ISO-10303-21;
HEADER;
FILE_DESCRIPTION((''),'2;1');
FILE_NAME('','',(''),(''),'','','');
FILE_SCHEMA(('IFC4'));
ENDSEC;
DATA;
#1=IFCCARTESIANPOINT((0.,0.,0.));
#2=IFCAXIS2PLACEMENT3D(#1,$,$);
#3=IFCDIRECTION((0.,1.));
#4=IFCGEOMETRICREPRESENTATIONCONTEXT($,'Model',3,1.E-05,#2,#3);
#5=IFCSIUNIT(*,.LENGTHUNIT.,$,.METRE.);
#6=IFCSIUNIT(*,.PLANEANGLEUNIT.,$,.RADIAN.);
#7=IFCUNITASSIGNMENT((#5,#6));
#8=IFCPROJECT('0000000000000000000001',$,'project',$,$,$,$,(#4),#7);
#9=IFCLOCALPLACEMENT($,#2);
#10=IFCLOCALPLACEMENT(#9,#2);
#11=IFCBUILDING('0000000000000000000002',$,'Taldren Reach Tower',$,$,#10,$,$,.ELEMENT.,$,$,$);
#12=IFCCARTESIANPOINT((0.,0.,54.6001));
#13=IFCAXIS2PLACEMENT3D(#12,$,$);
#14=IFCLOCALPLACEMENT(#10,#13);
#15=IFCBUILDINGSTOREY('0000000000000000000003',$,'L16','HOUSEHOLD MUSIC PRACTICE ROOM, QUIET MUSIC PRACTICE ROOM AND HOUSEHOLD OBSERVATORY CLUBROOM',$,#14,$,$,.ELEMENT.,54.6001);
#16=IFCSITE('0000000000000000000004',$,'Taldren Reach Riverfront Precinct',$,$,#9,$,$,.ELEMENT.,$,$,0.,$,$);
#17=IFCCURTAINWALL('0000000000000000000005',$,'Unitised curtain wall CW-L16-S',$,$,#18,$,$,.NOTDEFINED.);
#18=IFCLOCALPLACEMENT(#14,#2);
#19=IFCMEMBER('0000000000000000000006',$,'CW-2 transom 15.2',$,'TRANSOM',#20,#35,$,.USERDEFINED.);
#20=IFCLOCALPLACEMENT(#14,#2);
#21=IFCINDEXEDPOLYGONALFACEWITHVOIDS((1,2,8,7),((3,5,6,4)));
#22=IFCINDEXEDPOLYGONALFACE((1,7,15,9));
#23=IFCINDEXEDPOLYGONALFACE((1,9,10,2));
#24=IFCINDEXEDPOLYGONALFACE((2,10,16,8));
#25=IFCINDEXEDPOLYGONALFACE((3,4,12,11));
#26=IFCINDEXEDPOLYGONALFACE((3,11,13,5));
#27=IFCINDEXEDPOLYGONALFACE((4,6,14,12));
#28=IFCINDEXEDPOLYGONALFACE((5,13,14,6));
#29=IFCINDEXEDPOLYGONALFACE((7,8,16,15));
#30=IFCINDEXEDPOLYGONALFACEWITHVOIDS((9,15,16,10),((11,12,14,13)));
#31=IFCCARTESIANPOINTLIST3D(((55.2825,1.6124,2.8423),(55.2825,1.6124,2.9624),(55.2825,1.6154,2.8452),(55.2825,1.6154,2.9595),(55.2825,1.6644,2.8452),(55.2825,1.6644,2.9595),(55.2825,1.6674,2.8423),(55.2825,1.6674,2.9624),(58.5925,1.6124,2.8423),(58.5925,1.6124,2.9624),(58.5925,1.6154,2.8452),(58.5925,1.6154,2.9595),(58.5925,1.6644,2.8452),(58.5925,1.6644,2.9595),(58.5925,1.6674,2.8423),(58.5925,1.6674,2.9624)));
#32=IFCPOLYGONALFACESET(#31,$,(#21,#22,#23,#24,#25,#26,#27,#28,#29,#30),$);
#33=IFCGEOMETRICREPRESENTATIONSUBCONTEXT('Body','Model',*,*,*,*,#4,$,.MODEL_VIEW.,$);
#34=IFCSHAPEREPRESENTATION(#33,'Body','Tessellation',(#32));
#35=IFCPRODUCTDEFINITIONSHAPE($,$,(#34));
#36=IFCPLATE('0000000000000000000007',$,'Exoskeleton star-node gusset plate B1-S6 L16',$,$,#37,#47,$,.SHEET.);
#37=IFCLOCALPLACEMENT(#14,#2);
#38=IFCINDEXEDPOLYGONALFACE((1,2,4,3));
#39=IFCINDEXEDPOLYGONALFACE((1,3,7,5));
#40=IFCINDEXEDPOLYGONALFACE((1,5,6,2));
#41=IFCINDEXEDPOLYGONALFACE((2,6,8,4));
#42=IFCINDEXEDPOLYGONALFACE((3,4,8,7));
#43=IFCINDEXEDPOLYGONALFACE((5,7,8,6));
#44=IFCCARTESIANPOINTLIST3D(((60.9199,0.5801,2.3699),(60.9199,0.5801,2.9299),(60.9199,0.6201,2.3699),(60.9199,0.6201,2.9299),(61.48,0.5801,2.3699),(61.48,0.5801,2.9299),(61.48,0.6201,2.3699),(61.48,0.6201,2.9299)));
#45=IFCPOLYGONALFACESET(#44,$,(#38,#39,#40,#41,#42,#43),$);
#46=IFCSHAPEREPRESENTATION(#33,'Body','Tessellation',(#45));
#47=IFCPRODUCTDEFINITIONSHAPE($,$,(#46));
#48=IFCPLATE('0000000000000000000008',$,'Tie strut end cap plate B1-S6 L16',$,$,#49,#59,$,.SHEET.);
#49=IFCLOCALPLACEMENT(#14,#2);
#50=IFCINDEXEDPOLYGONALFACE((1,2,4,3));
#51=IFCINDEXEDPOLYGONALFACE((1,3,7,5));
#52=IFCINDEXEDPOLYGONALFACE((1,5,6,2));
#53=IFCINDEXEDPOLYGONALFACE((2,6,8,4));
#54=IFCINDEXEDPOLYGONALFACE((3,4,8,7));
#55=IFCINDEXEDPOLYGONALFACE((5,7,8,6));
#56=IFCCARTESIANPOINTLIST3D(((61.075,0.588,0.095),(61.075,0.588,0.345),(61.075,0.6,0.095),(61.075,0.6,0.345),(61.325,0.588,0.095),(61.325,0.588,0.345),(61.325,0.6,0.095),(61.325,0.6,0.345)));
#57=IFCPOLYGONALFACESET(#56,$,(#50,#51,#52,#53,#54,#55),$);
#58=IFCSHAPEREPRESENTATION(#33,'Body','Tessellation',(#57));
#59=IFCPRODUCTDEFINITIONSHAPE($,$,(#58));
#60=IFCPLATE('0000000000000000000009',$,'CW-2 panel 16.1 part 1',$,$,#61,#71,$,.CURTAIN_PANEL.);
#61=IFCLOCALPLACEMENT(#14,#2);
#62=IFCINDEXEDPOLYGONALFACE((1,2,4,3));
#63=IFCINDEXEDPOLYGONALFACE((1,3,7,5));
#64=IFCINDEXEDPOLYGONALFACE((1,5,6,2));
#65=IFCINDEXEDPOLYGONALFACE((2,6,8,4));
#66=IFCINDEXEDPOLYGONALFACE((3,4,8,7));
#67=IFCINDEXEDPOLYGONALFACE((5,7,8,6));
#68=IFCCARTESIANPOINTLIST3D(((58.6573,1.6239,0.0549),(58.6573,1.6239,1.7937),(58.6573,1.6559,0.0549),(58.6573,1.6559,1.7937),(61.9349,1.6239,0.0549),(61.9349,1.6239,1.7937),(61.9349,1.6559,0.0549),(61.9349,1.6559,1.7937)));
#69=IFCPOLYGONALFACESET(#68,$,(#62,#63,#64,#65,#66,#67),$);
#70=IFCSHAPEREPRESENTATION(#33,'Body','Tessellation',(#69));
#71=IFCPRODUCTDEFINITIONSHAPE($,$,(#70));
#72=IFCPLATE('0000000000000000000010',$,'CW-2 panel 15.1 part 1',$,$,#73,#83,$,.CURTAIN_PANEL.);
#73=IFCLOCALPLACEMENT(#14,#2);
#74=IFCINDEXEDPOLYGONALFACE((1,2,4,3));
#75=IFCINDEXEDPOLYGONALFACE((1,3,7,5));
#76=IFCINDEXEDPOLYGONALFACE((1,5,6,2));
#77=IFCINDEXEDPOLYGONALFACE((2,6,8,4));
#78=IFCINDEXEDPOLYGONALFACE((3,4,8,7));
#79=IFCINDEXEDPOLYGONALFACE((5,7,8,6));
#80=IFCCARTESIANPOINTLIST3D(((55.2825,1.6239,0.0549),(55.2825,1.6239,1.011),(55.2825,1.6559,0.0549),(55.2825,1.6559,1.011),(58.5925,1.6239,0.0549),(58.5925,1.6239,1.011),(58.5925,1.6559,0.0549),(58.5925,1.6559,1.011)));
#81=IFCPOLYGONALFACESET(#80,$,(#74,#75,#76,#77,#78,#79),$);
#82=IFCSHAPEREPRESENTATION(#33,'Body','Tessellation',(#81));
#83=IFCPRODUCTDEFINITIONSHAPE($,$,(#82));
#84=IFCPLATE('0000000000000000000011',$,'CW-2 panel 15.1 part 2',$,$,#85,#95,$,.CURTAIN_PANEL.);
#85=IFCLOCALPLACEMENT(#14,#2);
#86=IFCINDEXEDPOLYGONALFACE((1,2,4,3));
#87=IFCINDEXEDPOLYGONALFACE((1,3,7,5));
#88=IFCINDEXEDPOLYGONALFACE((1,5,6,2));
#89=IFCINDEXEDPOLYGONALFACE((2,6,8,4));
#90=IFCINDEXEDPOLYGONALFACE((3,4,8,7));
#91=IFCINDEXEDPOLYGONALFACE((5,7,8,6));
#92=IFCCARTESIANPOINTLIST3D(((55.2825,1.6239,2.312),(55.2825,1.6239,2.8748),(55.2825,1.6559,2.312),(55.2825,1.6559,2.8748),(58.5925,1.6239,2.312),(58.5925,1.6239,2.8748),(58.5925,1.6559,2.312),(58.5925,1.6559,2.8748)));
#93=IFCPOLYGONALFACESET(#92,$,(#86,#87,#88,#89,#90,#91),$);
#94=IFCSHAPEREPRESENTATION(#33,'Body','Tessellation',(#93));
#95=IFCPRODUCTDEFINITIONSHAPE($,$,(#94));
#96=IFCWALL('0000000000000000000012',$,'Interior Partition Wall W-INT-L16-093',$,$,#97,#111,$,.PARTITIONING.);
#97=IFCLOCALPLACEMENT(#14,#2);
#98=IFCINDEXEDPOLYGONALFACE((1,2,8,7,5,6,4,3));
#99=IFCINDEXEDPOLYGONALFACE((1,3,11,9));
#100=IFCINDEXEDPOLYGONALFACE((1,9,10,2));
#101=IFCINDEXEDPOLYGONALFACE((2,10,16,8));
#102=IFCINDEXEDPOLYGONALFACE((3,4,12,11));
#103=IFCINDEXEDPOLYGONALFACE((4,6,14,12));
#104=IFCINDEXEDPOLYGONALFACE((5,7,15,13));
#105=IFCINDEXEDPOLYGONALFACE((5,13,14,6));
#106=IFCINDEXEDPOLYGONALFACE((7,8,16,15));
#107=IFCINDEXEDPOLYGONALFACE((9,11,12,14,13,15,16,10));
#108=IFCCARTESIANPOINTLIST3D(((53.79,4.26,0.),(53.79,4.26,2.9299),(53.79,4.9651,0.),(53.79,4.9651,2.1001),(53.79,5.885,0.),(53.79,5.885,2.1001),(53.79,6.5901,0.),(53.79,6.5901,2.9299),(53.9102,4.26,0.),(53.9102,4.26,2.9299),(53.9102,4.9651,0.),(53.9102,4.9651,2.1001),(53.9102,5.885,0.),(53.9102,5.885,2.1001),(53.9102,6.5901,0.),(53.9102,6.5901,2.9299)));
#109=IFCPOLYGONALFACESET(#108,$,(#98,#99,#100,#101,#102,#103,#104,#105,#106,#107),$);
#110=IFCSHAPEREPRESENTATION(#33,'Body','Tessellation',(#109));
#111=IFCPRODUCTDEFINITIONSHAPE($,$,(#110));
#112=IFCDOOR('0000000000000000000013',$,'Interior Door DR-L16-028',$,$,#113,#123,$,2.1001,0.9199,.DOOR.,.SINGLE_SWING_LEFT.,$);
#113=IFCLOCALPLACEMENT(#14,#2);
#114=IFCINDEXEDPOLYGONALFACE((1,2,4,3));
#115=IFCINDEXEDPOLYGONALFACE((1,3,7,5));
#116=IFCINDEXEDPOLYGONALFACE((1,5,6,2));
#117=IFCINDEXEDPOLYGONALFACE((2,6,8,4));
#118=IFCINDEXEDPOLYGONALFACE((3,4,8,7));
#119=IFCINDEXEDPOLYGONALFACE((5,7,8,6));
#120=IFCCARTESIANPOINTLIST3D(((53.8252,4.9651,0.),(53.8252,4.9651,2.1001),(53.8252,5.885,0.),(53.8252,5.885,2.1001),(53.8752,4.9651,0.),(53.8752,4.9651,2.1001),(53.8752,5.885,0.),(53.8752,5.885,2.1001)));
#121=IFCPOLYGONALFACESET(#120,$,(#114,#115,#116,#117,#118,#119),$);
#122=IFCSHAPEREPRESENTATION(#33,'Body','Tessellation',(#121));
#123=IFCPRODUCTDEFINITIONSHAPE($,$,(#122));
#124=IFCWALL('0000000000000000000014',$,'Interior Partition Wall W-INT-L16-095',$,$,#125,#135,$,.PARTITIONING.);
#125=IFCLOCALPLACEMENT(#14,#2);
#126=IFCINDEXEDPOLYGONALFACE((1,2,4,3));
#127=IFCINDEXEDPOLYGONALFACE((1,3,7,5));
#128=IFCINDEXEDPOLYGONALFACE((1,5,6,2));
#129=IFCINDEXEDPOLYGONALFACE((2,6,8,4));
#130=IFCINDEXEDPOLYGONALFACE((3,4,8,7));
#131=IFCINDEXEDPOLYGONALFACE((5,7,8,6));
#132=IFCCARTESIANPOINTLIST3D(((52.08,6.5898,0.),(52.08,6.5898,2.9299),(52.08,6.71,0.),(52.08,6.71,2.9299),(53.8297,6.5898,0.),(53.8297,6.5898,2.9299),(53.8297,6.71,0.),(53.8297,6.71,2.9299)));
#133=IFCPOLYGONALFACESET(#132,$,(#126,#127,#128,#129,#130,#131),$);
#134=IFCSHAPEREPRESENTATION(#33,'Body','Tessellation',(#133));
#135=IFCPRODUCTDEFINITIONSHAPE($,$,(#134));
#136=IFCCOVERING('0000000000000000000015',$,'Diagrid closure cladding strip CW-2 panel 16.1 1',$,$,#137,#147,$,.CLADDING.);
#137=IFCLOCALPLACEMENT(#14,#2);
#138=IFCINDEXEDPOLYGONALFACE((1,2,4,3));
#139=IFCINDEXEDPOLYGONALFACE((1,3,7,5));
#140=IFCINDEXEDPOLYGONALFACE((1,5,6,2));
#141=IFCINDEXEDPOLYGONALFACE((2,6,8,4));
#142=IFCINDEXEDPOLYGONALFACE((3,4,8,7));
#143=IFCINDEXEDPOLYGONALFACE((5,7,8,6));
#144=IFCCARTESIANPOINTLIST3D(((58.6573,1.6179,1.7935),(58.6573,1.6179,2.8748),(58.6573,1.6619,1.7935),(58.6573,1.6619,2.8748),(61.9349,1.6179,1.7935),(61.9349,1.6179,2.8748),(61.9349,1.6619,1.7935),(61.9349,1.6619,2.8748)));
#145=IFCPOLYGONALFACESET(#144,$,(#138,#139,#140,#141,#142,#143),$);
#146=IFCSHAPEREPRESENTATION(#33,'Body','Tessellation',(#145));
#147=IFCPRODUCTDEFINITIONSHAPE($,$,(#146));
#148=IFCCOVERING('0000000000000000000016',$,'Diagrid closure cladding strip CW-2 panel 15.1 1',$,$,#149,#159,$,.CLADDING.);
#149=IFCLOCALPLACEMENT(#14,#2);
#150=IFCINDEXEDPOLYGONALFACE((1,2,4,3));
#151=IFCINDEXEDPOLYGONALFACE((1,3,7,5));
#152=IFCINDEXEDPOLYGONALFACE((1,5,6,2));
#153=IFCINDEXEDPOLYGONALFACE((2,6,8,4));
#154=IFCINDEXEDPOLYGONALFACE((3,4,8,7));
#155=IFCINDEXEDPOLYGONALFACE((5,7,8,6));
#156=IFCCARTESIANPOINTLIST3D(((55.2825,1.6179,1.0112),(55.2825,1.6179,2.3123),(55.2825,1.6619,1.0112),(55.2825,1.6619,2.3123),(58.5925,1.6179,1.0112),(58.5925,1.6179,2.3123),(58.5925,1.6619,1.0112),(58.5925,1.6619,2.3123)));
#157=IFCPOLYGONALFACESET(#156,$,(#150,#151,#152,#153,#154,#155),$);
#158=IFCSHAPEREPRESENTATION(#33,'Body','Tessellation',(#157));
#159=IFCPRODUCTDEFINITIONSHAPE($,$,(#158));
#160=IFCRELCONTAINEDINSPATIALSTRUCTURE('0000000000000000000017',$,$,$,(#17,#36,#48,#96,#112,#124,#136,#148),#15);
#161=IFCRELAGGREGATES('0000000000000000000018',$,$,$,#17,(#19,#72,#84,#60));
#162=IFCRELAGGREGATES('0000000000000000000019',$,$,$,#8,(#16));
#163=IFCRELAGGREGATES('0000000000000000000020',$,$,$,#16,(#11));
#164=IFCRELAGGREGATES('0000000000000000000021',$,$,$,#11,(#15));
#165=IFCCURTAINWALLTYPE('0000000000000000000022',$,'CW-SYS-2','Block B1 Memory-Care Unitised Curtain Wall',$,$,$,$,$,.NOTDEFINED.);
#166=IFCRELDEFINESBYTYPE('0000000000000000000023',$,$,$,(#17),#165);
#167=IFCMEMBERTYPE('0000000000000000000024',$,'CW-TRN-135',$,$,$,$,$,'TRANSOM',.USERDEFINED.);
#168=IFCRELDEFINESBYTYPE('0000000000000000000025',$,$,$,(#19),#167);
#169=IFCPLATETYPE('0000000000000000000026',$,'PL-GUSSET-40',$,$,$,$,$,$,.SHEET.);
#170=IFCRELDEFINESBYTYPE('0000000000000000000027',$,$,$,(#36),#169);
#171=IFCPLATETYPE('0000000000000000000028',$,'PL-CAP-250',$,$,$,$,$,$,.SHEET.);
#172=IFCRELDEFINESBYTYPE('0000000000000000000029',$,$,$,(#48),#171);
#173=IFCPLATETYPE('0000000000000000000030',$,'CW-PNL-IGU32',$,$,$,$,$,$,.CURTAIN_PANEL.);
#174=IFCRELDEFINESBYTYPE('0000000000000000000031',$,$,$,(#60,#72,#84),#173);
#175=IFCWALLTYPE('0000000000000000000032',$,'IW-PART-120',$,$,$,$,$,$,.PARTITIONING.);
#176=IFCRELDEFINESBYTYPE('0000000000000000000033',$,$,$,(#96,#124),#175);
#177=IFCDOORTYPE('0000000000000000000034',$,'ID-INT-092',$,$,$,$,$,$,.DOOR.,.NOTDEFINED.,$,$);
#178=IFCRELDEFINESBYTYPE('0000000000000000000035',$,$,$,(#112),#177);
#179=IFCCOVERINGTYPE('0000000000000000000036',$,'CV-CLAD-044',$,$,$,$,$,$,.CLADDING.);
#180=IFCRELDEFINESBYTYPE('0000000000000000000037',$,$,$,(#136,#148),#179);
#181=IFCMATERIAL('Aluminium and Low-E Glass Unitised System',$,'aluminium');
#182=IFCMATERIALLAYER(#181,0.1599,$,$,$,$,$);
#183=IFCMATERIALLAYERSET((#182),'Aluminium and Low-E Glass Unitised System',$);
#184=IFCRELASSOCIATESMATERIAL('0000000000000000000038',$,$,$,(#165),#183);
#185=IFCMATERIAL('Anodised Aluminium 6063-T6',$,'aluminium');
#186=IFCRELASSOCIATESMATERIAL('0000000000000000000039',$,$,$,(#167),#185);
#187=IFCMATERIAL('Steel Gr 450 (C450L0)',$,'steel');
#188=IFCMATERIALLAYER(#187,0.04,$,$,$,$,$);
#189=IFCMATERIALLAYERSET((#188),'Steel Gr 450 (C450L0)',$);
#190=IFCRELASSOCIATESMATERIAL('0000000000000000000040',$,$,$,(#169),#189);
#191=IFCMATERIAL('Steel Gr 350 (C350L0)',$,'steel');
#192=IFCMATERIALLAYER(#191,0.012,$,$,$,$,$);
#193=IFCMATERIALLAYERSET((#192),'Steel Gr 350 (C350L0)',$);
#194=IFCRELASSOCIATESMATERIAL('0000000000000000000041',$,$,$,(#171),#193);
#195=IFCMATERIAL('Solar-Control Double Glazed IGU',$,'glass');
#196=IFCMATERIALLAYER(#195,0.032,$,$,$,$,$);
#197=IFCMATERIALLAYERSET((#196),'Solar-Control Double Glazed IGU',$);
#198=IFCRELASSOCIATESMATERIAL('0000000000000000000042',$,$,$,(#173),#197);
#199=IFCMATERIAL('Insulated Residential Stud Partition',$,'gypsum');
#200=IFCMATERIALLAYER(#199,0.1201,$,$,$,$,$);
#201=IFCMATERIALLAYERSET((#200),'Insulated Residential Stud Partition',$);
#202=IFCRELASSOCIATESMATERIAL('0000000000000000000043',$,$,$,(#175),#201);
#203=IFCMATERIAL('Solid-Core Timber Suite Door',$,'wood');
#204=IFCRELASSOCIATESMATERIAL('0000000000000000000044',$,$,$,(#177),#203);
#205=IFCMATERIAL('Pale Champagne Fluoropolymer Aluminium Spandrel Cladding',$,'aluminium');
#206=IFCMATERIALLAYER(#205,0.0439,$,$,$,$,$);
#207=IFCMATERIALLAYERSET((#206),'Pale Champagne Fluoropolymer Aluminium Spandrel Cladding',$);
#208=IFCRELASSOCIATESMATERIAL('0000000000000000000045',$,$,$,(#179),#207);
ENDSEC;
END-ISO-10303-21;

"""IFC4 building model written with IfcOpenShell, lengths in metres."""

from ifc_helpers import new_model, si_unit, direction, frame, frame_2d, origin, origin_2d, place, context, subcontext, project, spatial, rectangle, hollow_rectangle, extrude, source, transform, mapped, material, layer, layer_set, material_profile, profile_set, type_object, element, fill, aggregate, save


model = new_model("IFC4")

# Units and contexts
model_context = context("Model", 3, precision=1e-05, world=origin(), true_north=direction((0.0, 1.0)))
body_context = subcontext(model_context, "Body", "Model", "MODEL_VIEW")
ifc_project = project(units=[si_unit("LENGTHUNIT", "METRE"), si_unit("PLANEANGLEUNIT", "RADIAN")], contexts=[model_context])

# Site, building, storey
site_placement = place(None, origin())
site = spatial("IfcSite", under=ifc_project, at=site_placement, Name="Taldren Reach Riverfront Precinct", CompositionType="ELEMENT", RefElevation=0.0)
building_placement = place(site_placement, origin())
building = spatial("IfcBuilding", under=site, at=building_placement, Name="Taldren Reach Tower", CompositionType="ELEMENT")
storey_placement = place(building_placement, frame((0.0, 0.0, 54.6001)))
storey = spatial("IfcBuildingStorey", under=building, at=storey_placement, Name="L16", Description="HOUSEHOLD MUSIC PRACTICE ROOM, QUIET MUSIC PRACTICE ROOM AND HOUSEHOLD OBSERVATORY CLUBROOM", CompositionType="ELEMENT", Elevation=54.6001)

# Shared definitions
ifc_material_1 = material(Name="Steel Gr 450 (C450L0)", Category="steel")

# Curtain wall, member
ifc_material_2 = material(Name="Aluminium and Low-E Glass Unitised System", Category="aluminium")
ifc_layer_1 = layer(ifc_material_2, 0.1599)
ifc_layer_set_1 = layer_set([ifc_layer_1], Name="Aluminium and Low-E Glass Unitised System")
curtain_wall_type = type_object("IfcCurtainWallType", Name="CW-SYS-2", Description="Block B1 Memory-Care Unitised Curtain Wall", PredefinedType="NOTDEFINED", material=ifc_layer_set_1)
curtain_wall_placement = place(storey_placement, origin())
curtain_wall = element("IfcCurtainWall", 1, at=curtain_wall_placement, inside=storey, type_object=curtain_wall_type, Name="Unitised curtain wall CW-L16-S", PredefinedType="NOTDEFINED")
ifc_material_3 = material(Name="Anodised Aluminium 6063-T6", Category="aluminium")
ifc_material_profile_1 = material_profile(ifc_material_3, hollow_rectangle(XDim=0.0549, YDim=0.1201, WallThickness=0.0029, at=origin_2d()), Name="ALU-120x55x3RHS")
ifc_profile_set_1 = profile_set([ifc_material_profile_1], Name="Anodised Aluminium 6063-T6")
member_type_1 = type_object("IfcMemberType", Name="CW-TRN-135", ElementType="TRANSOM", PredefinedType="USERDEFINED", material=ifc_profile_set_1)
shared_shape_1 = source(origin(), body_context, "Body", "SweptSolid", [
    extrude(hollow_rectangle(XDim=0.0549, YDim=0.1201, WallThickness=0.0029, at=origin_2d()), origin(), (0.0, 0.0, 1.0), 3.3101),
])
member_1_placement = place(storey_placement, frame((55.2825, 1.6399, 2.9023), z_axis=(1.0, 0.0, 0.0), x_axis=(0.0, 1.0, 0.0)))
member_1 = element("IfcMember", 2, at=member_1_placement, type_object=member_type_1, Name="CW-2 transom 15.2", ObjectType="TRANSOM", PredefinedType="USERDEFINED", context=body_context, shape_type="MappedRepresentation", body=[
    mapped(shared_shape_1, transform((0.0, 0.0, 0.0), scale=1.0)),
])

# Plates
ifc_layer_2 = layer(ifc_material_1, 0.04)
ifc_layer_set_2 = layer_set([ifc_layer_2], Name="Steel Gr 450 (C450L0)")
plate_type_1 = type_object("IfcPlateType", Name="PL-GUSSET-40", PredefinedType="SHEET", material=ifc_layer_set_2)
shared_shape_2 = source(origin(), body_context, "Body", "SweptSolid", [
    extrude(rectangle(XDim=0.5601, YDim=0.04, at=origin_2d()), origin(), (0.0, 0.0, 1.0), 0.5601),
])
plate_1_placement = place(storey_placement, frame((61.2, 0.6001, 2.3699), z_axis=(0.0, 0.0, 1.0), x_axis=(1.0, 0.0, 0.0)))
element("IfcPlate", 3, at=plate_1_placement, inside=storey, type_object=plate_type_1, Name="Exoskeleton star-node gusset plate B1-S6 L16", PredefinedType="SHEET", context=body_context, shape_type="MappedRepresentation", body=[
    mapped(shared_shape_2, transform((0.0, 0.0, 0.0), scale=1.0)),
])
ifc_material_4 = material(Name="Steel Gr 350 (C350L0)", Category="steel")
ifc_layer_3 = layer(ifc_material_4, 0.012)
ifc_layer_set_3 = layer_set([ifc_layer_3], Name="Steel Gr 350 (C350L0)")
plate_type_2 = type_object("IfcPlateType", Name="PL-CAP-250", PredefinedType="SHEET", material=ifc_layer_set_3)
shared_shape_3 = source(origin(), body_context, "Body", "SweptSolid", [
    extrude(rectangle(XDim=0.25, YDim=0.012, at=origin_2d()), origin(), (0.0, 0.0, 1.0), 0.25),
])
plate_2_placement = place(storey_placement, frame((61.2, 0.594, 0.095), z_axis=(0.0, 0.0, 1.0), x_axis=(1.0, 0.0, 0.0)))
element("IfcPlate", 4, at=plate_2_placement, inside=storey, type_object=plate_type_2, Name="Tie strut end cap plate B1-S6 L16", PredefinedType="SHEET", context=body_context, shape_type="MappedRepresentation", body=[
    mapped(shared_shape_3, transform((0.0, 0.0, 0.0), scale=1.0)),
])

# Plates
ifc_material_5 = material(Name="Solar-Control Double Glazed IGU", Category="glass")
ifc_layer_4 = layer(ifc_material_5, 0.032)
ifc_layer_set_4 = layer_set([ifc_layer_4], Name="Solar-Control Double Glazed IGU")
plate_type_3 = type_object("IfcPlateType", Name="CW-PNL-IGU32", PredefinedType="CURTAIN_PANEL", material=ifc_layer_set_4)
shared_shape_4 = source(origin(), body_context, "Body", "SweptSolid", [
    extrude(rectangle(XDim=3.2776, YDim=0.032, at=origin_2d()), origin(), (0.0, 0.0, 1.0), 1.7388),
])
plate_3_placement = place(storey_placement, frame((60.2961, 1.6399, 0.0549), z_axis=(0.0, 0.0, 1.0), x_axis=(1.0, 0.0, 0.0)))
plate_3 = element("IfcPlate", 5, at=plate_3_placement, type_object=plate_type_3, Name="CW-2 panel 16.1 part 1", PredefinedType="CURTAIN_PANEL", context=body_context, shape_type="MappedRepresentation", body=[
    mapped(shared_shape_4, transform((0.0, 0.0, 0.0), scale=1.0)),
])
shared_shape_5 = source(origin(), body_context, "Body", "SweptSolid", [
    extrude(rectangle(XDim=3.3101, YDim=0.032, at=origin_2d()), origin(), (0.0, 0.0, 1.0), 0.9561),
])
plate_4_placement = place(storey_placement, frame((56.9375, 1.6399, 0.0549), z_axis=(0.0, 0.0, 1.0), x_axis=(1.0, 0.0, 0.0)))
plate_4 = element("IfcPlate", 6, at=plate_4_placement, type_object=plate_type_3, Name="CW-2 panel 15.1 part 1", PredefinedType="CURTAIN_PANEL", context=body_context, shape_type="MappedRepresentation", body=[
    mapped(shared_shape_5, transform((0.0, 0.0, 0.0), scale=1.0)),
])
shared_shape_6 = source(origin(), body_context, "Body", "SweptSolid", [
    extrude(rectangle(XDim=3.3101, YDim=0.032, at=origin_2d()), origin(), (0.0, 0.0, 1.0), 0.5627),
])
plate_5_placement = place(storey_placement, frame((56.9375, 1.6399, 2.312), z_axis=(0.0, 0.0, 1.0), x_axis=(1.0, 0.0, 0.0)))
plate_5 = element("IfcPlate", 7, at=plate_5_placement, type_object=plate_type_3, Name="CW-2 panel 15.1 part 2", PredefinedType="CURTAIN_PANEL", context=body_context, shape_type="MappedRepresentation", body=[
    mapped(shared_shape_6, transform((0.0, 0.0, 0.0), scale=1.0)),
])
aggregate(curtain_wall, [member_1, plate_4, plate_5, plate_3])

# Wall, opening, door
ifc_material_6 = material(Name="Insulated Residential Stud Partition", Category="gypsum")
ifc_layer_5 = layer(ifc_material_6, 0.1201)
ifc_layer_set_5 = layer_set([ifc_layer_5], Name="Insulated Residential Stud Partition")
wall_type = type_object("IfcWallType", Name="IW-PART-120", PredefinedType="PARTITIONING", material=ifc_layer_set_5)
shared_shape_7 = source(origin(), body_context, "Body", "SweptSolid", [
    extrude(rectangle(XDim=2.3301, YDim=0.1201, at=frame_2d((1.165, 0.0))), origin(), (0.0, 0.0, 1.0), 2.9299),
])
wall_1_placement = place(storey_placement, frame((53.8501, 4.26, 0.0), z_axis=(0.0, 0.0, 1.0), x_axis=(0.0, 1.0, 0.0)))
wall_1 = element("IfcWall", 8, at=wall_1_placement, inside=storey, type_object=wall_type, Name="Interior Partition Wall W-INT-L16-093", PredefinedType="PARTITIONING", context=body_context, shape_type="MappedRepresentation", body=[
    mapped(shared_shape_7, transform((0.0, 0.0, 0.0), scale=1.0)),
])
shared_shape_8 = source(origin(), body_context, "Body", "SweptSolid", [
    extrude(rectangle(XDim=0.9199, YDim=2.1001, at=frame_2d((0.46, 1.05))), frame((0.0, 0.0701, 0.0), z_axis=(0.0, -1.0, 0.0), x_axis=(1.0, 0.0, 0.0)), (0.0, 0.0, 1.0), 0.1401),
])
opening_placement = place(wall_1_placement, frame((0.7051, 0.0, 0.0)))
opening = element("IfcOpeningElement", 9, at=opening_placement, cuts=wall_1, PredefinedType="OPENING", context=body_context, shape_type="MappedRepresentation", body=[
    mapped(shared_shape_8, transform((0.0, 0.0, 0.0), scale=1.0)),
])
ifc_material_7 = material(Name="Solid-Core Timber Suite Door", Category="wood")
door_type = type_object("IfcDoorType", Name="ID-INT-092", OperationType="NOTDEFINED", PredefinedType="DOOR", material=ifc_material_7)
shared_shape_9 = source(origin(), body_context, "Body", "SweptSolid", [
    extrude(rectangle(XDim=0.9199, YDim=2.1001, at=frame_2d((0.46, 1.05))), frame((0.0, 0.0249, 0.0), z_axis=(0.0, -1.0, 0.0), x_axis=(1.0, 0.0, 0.0)), (0.0, 0.0, 1.0), 0.05),
])
door_placement = place(opening_placement, origin())
door = element("IfcDoor", 10, at=door_placement, inside=storey, type_object=door_type, Name="Interior Door DR-L16-028", OperationType="SINGLE_SWING_LEFT", OverallHeight=2.1001, OverallWidth=0.9199, PredefinedType="DOOR", context=body_context, shape_type="MappedRepresentation", body=[
    mapped(shared_shape_9, transform((0.0, 0.0, 0.0), scale=1.0)),
])
fill(opening, door)

# Wall
shared_shape_10 = source(origin(), body_context, "Body", "SweptSolid", [
    extrude(rectangle(XDim=1.7498, YDim=0.1201, at=frame_2d((0.875, 0.0))), origin(), (0.0, 0.0, 1.0), 2.9299),
])
wall_2_placement = place(storey_placement, frame((53.8298, 6.6499, 0.0), z_axis=(0.0, 0.0, 1.0), x_axis=(-1.0, 0.0, 0.0)))
element("IfcWall", 11, at=wall_2_placement, inside=storey, type_object=wall_type, Name="Interior Partition Wall W-INT-L16-095", PredefinedType="PARTITIONING", context=body_context, shape_type="MappedRepresentation", body=[
    mapped(shared_shape_10, transform((0.0, 0.0, 0.0), scale=1.0)),
])

# Coverings
ifc_material_8 = material(Name="Pale Champagne Fluoropolymer Aluminium Spandrel Cladding", Category="aluminium")
ifc_layer_6 = layer(ifc_material_8, 0.0439)
ifc_layer_set_6 = layer_set([ifc_layer_6], Name="Pale Champagne Fluoropolymer Aluminium Spandrel Cladding")
covering_type = type_object("IfcCoveringType", Name="CV-CLAD-044", PredefinedType="CLADDING", material=ifc_layer_set_6)
shared_shape_11 = source(origin(), body_context, "Body", "SweptSolid", [
    extrude(rectangle(XDim=3.2776, YDim=0.0439, at=origin_2d()), origin(), (0.0, 0.0, 1.0), 1.0813),
])
covering_1_placement = place(storey_placement, frame((60.2961, 1.6399, 1.7935), z_axis=(0.0, 0.0, 1.0), x_axis=(1.0, 0.0, 0.0)))
element("IfcCovering", 12, at=covering_1_placement, inside=storey, type_object=covering_type, Name="Diagrid closure cladding strip CW-2 panel 16.1 1", PredefinedType="CLADDING", context=body_context, shape_type="MappedRepresentation", body=[
    mapped(shared_shape_11, transform((0.0, 0.0, 0.0), scale=1.0)),
])
shared_shape_12 = source(origin(), body_context, "Body", "SweptSolid", [
    extrude(rectangle(XDim=3.3101, YDim=0.0439, at=origin_2d()), origin(), (0.0, 0.0, 1.0), 1.301),
])
covering_2_placement = place(storey_placement, frame((56.9375, 1.6399, 1.0112), z_axis=(0.0, 0.0, 1.0), x_axis=(1.0, 0.0, 0.0)))
element("IfcCovering", 13, at=covering_2_placement, inside=storey, type_object=covering_type, Name="Diagrid closure cladding strip CW-2 panel 15.1 1", PredefinedType="CLADDING", context=body_context, shape_type="MappedRepresentation", body=[
    mapped(shared_shape_12, transform((0.0, 0.0, 0.0), scale=1.0)),
])

save(model, "model.ifc")
